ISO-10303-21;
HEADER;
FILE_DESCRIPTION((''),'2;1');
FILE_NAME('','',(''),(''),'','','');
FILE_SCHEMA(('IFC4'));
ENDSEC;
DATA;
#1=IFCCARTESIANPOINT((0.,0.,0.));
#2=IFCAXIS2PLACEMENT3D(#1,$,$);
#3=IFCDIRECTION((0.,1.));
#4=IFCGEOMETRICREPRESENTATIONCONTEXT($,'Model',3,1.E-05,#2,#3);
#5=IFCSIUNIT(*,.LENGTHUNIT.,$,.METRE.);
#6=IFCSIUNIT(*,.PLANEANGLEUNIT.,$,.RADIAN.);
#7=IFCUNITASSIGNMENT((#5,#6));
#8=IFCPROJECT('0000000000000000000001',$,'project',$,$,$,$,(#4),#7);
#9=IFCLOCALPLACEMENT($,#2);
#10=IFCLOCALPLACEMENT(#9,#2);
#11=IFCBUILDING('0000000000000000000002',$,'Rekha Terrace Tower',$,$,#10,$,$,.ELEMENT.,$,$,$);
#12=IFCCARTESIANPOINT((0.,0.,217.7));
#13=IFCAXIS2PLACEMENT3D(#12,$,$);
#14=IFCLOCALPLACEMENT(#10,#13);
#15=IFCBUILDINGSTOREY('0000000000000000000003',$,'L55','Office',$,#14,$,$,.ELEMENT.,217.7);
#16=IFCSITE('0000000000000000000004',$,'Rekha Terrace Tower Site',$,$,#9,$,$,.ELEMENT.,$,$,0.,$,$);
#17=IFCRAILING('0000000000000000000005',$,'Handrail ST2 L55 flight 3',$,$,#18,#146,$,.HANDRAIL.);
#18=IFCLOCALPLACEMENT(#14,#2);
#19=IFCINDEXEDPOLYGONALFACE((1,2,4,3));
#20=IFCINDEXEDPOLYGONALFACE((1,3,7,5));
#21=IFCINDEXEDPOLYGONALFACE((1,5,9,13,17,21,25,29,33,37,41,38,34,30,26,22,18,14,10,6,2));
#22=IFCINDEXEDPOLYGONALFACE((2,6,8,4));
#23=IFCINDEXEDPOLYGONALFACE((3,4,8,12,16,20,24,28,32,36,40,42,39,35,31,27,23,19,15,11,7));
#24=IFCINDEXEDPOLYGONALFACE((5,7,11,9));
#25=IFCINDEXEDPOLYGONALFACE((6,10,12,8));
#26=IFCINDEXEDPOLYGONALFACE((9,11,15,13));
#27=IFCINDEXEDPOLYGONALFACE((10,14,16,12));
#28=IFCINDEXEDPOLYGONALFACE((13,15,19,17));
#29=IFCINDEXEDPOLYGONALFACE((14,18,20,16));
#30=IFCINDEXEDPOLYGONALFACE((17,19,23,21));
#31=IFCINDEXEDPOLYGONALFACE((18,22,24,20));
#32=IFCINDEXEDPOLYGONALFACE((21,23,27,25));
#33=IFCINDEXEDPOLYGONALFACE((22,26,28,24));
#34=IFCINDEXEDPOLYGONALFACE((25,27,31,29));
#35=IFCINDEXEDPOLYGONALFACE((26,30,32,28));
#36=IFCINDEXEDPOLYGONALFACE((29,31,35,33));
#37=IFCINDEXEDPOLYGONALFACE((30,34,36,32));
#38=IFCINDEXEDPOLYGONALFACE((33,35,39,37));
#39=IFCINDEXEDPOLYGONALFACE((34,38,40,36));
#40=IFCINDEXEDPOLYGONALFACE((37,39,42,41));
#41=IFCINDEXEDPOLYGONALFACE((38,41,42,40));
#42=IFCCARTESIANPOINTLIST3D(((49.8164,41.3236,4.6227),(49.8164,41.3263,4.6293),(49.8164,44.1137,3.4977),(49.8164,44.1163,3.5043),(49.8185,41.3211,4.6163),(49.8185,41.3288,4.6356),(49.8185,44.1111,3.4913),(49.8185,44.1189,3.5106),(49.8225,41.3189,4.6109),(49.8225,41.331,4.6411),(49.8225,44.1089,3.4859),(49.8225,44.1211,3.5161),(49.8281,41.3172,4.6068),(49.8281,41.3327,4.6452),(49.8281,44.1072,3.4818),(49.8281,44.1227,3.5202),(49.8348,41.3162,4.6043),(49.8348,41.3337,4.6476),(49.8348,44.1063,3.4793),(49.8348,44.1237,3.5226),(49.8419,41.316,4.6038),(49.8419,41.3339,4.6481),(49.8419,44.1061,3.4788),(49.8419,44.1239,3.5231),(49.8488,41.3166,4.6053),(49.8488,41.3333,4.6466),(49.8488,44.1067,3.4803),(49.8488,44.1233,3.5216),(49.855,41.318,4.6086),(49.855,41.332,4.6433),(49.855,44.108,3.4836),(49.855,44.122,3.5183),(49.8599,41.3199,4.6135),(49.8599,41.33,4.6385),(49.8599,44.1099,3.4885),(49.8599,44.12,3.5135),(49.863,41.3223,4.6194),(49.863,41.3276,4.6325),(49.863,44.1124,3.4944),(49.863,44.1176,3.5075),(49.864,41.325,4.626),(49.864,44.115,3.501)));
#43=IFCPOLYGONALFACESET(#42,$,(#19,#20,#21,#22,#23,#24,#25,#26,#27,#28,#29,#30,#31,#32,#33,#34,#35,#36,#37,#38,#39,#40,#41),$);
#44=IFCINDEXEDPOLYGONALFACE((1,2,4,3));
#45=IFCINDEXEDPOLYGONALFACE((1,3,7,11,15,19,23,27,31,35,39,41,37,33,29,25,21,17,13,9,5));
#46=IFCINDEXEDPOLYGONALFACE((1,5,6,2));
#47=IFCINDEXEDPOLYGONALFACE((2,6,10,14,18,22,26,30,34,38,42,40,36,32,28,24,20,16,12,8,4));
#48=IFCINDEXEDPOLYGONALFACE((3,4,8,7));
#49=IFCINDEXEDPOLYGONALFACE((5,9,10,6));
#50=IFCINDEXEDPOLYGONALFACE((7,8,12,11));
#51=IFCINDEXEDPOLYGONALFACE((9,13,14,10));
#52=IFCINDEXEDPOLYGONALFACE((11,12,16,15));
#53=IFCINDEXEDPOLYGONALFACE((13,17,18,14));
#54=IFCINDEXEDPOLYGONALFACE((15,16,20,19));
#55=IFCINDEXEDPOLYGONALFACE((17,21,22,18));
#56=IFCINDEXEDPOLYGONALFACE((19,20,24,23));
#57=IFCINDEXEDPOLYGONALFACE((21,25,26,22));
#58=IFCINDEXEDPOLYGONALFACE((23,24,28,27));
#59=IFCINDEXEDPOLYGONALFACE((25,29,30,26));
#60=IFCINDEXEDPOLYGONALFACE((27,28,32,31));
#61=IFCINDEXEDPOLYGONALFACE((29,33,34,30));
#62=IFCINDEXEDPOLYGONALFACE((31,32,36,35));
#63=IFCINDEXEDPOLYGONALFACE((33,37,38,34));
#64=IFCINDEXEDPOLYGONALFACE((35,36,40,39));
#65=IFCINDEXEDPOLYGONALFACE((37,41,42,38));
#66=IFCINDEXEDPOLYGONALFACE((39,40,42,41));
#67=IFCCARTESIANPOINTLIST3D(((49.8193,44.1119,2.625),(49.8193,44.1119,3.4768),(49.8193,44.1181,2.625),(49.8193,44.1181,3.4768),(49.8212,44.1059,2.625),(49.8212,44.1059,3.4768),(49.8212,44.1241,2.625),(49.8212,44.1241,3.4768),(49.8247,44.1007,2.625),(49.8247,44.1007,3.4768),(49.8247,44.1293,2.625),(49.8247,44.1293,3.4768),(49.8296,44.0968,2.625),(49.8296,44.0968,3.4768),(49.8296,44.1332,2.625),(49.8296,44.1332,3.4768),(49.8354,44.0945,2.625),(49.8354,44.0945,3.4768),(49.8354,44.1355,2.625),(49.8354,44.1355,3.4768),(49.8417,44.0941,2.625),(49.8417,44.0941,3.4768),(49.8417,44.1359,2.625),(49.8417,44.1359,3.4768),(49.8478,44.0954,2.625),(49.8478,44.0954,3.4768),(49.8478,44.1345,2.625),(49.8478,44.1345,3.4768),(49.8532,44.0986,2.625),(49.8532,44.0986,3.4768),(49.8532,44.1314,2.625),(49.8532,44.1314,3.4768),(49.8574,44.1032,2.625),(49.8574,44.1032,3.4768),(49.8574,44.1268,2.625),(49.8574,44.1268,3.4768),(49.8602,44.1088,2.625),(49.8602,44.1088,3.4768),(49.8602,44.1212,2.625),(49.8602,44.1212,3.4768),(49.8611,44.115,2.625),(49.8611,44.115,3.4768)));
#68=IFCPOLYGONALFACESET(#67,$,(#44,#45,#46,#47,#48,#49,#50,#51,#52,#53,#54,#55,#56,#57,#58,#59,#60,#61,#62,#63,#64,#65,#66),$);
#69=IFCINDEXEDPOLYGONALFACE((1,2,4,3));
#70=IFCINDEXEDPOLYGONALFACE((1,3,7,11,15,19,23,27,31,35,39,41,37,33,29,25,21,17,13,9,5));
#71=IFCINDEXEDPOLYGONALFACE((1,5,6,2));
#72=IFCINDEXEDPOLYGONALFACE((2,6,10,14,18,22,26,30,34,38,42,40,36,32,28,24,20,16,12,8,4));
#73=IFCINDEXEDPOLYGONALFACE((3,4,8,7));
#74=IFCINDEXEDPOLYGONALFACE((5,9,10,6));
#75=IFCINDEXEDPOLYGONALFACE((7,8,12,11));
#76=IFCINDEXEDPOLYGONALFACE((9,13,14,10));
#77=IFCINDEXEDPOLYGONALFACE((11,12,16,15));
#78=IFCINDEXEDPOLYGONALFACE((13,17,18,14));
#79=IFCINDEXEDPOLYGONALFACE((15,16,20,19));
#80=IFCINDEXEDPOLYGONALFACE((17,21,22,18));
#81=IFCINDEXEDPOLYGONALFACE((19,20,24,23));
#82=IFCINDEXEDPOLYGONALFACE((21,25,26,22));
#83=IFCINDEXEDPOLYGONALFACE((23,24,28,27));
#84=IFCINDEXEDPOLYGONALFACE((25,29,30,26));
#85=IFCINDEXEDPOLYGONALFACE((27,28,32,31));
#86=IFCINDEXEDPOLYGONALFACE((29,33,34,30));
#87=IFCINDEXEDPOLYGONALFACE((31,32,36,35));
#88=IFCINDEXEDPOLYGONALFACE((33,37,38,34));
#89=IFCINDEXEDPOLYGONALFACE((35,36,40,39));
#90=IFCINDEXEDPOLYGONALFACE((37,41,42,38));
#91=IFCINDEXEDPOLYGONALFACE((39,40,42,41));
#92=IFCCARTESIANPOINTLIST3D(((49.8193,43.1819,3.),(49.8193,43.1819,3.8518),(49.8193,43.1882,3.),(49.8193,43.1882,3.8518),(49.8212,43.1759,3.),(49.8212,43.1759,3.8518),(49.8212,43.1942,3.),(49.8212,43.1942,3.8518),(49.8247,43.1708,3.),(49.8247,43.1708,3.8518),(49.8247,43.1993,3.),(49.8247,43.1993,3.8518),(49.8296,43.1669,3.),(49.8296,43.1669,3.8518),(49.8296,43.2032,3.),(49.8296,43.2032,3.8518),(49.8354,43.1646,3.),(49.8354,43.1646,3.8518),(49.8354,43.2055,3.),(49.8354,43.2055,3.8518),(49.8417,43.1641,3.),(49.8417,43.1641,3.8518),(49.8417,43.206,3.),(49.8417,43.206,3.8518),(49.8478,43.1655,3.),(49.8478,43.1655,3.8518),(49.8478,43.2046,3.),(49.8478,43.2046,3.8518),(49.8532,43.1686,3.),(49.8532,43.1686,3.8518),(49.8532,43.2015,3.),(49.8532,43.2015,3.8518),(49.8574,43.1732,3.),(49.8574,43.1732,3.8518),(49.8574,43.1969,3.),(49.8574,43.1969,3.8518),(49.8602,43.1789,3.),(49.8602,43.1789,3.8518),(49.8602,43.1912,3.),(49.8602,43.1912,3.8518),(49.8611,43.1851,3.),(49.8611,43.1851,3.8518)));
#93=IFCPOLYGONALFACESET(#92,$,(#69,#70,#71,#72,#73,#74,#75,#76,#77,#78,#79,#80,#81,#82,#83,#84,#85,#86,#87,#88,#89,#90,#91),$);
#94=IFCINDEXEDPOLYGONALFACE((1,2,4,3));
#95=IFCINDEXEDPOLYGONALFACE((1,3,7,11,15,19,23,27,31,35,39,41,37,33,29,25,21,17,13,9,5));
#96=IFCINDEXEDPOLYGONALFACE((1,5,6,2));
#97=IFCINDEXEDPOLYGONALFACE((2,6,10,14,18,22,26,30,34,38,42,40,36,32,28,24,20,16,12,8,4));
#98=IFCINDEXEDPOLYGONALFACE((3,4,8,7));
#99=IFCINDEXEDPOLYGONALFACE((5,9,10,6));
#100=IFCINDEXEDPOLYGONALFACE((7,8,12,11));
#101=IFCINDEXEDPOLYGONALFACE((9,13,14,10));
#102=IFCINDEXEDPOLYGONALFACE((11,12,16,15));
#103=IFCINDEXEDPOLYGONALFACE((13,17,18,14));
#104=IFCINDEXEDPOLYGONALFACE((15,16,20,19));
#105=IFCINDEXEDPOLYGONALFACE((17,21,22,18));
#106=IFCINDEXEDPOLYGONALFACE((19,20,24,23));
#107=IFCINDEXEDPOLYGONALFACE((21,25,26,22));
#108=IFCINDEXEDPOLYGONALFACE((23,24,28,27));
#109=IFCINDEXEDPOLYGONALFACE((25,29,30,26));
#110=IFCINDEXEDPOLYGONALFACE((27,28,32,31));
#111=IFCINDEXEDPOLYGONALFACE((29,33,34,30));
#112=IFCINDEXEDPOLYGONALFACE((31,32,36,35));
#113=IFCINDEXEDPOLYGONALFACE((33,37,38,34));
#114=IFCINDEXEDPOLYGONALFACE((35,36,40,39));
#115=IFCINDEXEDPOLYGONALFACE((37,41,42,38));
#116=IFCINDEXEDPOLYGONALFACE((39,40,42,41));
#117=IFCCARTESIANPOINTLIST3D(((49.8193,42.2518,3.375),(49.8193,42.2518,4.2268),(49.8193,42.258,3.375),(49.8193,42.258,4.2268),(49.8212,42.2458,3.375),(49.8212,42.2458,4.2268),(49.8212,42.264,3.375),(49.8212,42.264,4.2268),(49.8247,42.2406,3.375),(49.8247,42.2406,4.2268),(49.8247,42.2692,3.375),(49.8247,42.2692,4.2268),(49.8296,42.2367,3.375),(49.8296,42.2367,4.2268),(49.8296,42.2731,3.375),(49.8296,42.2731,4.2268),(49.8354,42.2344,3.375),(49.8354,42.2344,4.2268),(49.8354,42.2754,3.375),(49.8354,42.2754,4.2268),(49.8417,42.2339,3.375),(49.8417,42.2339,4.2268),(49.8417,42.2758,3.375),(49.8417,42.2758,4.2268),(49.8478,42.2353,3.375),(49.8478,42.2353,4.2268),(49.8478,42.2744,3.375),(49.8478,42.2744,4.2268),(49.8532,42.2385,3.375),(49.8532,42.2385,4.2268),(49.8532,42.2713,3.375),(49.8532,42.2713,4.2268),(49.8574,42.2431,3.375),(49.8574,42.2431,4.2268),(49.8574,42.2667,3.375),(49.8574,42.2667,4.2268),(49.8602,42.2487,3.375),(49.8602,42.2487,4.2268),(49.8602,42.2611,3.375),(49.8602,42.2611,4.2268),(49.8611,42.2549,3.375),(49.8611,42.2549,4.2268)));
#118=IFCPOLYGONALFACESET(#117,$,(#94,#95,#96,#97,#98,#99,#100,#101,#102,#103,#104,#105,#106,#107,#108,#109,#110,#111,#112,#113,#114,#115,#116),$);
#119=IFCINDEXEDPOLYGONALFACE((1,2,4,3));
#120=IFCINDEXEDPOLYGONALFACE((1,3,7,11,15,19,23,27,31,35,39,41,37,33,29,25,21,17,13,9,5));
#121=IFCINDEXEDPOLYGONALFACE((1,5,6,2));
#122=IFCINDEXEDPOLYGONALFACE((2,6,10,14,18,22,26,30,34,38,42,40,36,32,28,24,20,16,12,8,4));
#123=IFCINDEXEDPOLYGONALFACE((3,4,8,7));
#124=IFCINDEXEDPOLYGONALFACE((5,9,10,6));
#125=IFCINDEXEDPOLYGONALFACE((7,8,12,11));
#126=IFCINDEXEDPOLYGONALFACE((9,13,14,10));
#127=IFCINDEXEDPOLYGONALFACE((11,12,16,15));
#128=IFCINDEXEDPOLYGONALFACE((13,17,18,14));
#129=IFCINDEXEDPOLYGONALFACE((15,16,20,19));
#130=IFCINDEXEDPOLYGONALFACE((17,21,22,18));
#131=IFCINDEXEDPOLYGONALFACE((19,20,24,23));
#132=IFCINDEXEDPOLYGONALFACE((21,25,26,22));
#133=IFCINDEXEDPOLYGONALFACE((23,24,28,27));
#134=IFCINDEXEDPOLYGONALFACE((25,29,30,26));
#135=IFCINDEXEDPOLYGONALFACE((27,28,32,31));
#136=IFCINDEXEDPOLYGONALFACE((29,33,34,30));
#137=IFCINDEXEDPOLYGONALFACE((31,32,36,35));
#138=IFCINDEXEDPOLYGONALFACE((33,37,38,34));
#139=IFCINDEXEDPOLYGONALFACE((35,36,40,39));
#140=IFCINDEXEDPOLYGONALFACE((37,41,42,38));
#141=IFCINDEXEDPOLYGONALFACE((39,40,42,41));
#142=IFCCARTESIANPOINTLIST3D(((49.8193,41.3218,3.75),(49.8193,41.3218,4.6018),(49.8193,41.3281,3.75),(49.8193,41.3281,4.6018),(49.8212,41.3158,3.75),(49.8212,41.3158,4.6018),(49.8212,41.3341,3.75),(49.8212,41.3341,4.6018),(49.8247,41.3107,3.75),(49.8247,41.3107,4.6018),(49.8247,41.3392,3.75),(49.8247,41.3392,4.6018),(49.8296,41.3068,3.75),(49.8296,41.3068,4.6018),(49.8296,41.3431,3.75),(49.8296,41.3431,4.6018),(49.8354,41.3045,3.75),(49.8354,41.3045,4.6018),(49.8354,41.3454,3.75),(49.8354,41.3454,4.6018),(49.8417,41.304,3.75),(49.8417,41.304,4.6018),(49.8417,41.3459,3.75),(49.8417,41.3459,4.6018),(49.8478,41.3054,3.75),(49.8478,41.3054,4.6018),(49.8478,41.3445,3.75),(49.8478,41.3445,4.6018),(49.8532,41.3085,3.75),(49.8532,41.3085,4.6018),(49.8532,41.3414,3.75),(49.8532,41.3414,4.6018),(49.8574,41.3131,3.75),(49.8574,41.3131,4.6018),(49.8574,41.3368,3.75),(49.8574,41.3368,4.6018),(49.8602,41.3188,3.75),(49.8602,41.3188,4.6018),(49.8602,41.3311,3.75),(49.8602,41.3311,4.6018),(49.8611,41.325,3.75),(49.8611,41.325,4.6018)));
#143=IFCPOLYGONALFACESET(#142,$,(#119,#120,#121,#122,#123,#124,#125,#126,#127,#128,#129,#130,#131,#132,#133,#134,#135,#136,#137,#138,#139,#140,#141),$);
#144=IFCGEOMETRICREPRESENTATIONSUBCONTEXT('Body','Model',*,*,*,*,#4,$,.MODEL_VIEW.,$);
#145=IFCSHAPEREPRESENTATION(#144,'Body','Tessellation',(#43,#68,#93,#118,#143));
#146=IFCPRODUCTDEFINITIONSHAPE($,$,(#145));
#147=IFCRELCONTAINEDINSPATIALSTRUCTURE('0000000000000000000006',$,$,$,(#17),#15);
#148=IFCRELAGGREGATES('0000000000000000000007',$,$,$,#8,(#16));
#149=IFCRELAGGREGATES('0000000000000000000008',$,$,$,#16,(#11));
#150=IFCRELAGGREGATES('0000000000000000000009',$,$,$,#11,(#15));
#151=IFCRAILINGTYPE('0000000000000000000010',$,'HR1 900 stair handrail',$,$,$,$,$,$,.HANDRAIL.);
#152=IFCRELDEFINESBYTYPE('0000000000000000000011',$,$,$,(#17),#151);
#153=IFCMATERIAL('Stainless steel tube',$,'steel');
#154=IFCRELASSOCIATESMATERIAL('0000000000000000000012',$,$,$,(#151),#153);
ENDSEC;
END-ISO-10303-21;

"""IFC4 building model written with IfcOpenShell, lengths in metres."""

from ifc_helpers import new_model, si_unit, direction, frame, origin, origin_2d, place, context, subcontext, project, spatial, circle, extrude, material, type_object, element, save


model = new_model("IFC4")

# Units and contexts
model_context = context("Model", 3, precision=1e-05, world=origin(), true_north=direction((0.0, 1.0)))
body_context = subcontext(model_context, "Body", "Model", "MODEL_VIEW")
ifc_project = project(units=[si_unit("LENGTHUNIT", "METRE"), si_unit("PLANEANGLEUNIT", "RADIAN")], contexts=[model_context])

# Site, building, storey
site_placement = place(None, origin())
site = spatial("IfcSite", under=ifc_project, at=site_placement, Name="Rekha Terrace Tower Site", CompositionType="ELEMENT", RefElevation=0.0)
building_placement = place(site_placement, origin())
building = spatial("IfcBuilding", under=site, at=building_placement, Name="Rekha Terrace Tower", CompositionType="ELEMENT")
storey_placement = place(building_placement, frame((0.0, 0.0, 217.7)))
storey = spatial("IfcBuildingStorey", under=building, at=storey_placement, Name="L55", Description="Office", CompositionType="ELEMENT", Elevation=217.7)

# Railing
ifc_material_1 = material(Name="Stainless steel tube", Category="steel")
railing_type_1 = type_object("IfcRailingType", Name="HR1 900 stair handrail", PredefinedType="HANDRAIL", material=ifc_material_1)
railing_1_placement = place(storey_placement, frame((49.8401, 44.115, 2.625)))
element("IfcRailing", 1, at=railing_1_placement, inside=storey, type_object=railing_type_1, Name="Handrail ST2 L55 flight 3", PredefinedType="HANDRAIL", context=body_context, shape_type="SweptSolid", body=[
    extrude(circle(Radius=0.0239, at=origin_2d()), frame((0.0, 0.0, 0.876), z_axis=(0.0, -0.927443, 0.373964), x_axis=(1.0, 0.0, 0.0)), (0.0, 0.0, 1.0), 3.0083),
    extrude(circle(Radius=0.021, at=origin_2d()), origin(), (0.0, 0.0, 1.0), 0.8518),
    extrude(circle(Radius=0.021, at=origin_2d()), frame((0.0, -0.9299, 0.375)), (0.0, 0.0, 1.0), 0.8518),
    extrude(circle(Radius=0.021, at=origin_2d()), frame((0.0, -1.8601, 0.75)), (0.0, 0.0, 1.0), 0.8518),
    extrude(circle(Radius=0.021, at=origin_2d()), frame((0.0, -2.79, 1.125)), (0.0, 0.0, 1.0), 0.8518),
])

save(model, "model.ifc")
